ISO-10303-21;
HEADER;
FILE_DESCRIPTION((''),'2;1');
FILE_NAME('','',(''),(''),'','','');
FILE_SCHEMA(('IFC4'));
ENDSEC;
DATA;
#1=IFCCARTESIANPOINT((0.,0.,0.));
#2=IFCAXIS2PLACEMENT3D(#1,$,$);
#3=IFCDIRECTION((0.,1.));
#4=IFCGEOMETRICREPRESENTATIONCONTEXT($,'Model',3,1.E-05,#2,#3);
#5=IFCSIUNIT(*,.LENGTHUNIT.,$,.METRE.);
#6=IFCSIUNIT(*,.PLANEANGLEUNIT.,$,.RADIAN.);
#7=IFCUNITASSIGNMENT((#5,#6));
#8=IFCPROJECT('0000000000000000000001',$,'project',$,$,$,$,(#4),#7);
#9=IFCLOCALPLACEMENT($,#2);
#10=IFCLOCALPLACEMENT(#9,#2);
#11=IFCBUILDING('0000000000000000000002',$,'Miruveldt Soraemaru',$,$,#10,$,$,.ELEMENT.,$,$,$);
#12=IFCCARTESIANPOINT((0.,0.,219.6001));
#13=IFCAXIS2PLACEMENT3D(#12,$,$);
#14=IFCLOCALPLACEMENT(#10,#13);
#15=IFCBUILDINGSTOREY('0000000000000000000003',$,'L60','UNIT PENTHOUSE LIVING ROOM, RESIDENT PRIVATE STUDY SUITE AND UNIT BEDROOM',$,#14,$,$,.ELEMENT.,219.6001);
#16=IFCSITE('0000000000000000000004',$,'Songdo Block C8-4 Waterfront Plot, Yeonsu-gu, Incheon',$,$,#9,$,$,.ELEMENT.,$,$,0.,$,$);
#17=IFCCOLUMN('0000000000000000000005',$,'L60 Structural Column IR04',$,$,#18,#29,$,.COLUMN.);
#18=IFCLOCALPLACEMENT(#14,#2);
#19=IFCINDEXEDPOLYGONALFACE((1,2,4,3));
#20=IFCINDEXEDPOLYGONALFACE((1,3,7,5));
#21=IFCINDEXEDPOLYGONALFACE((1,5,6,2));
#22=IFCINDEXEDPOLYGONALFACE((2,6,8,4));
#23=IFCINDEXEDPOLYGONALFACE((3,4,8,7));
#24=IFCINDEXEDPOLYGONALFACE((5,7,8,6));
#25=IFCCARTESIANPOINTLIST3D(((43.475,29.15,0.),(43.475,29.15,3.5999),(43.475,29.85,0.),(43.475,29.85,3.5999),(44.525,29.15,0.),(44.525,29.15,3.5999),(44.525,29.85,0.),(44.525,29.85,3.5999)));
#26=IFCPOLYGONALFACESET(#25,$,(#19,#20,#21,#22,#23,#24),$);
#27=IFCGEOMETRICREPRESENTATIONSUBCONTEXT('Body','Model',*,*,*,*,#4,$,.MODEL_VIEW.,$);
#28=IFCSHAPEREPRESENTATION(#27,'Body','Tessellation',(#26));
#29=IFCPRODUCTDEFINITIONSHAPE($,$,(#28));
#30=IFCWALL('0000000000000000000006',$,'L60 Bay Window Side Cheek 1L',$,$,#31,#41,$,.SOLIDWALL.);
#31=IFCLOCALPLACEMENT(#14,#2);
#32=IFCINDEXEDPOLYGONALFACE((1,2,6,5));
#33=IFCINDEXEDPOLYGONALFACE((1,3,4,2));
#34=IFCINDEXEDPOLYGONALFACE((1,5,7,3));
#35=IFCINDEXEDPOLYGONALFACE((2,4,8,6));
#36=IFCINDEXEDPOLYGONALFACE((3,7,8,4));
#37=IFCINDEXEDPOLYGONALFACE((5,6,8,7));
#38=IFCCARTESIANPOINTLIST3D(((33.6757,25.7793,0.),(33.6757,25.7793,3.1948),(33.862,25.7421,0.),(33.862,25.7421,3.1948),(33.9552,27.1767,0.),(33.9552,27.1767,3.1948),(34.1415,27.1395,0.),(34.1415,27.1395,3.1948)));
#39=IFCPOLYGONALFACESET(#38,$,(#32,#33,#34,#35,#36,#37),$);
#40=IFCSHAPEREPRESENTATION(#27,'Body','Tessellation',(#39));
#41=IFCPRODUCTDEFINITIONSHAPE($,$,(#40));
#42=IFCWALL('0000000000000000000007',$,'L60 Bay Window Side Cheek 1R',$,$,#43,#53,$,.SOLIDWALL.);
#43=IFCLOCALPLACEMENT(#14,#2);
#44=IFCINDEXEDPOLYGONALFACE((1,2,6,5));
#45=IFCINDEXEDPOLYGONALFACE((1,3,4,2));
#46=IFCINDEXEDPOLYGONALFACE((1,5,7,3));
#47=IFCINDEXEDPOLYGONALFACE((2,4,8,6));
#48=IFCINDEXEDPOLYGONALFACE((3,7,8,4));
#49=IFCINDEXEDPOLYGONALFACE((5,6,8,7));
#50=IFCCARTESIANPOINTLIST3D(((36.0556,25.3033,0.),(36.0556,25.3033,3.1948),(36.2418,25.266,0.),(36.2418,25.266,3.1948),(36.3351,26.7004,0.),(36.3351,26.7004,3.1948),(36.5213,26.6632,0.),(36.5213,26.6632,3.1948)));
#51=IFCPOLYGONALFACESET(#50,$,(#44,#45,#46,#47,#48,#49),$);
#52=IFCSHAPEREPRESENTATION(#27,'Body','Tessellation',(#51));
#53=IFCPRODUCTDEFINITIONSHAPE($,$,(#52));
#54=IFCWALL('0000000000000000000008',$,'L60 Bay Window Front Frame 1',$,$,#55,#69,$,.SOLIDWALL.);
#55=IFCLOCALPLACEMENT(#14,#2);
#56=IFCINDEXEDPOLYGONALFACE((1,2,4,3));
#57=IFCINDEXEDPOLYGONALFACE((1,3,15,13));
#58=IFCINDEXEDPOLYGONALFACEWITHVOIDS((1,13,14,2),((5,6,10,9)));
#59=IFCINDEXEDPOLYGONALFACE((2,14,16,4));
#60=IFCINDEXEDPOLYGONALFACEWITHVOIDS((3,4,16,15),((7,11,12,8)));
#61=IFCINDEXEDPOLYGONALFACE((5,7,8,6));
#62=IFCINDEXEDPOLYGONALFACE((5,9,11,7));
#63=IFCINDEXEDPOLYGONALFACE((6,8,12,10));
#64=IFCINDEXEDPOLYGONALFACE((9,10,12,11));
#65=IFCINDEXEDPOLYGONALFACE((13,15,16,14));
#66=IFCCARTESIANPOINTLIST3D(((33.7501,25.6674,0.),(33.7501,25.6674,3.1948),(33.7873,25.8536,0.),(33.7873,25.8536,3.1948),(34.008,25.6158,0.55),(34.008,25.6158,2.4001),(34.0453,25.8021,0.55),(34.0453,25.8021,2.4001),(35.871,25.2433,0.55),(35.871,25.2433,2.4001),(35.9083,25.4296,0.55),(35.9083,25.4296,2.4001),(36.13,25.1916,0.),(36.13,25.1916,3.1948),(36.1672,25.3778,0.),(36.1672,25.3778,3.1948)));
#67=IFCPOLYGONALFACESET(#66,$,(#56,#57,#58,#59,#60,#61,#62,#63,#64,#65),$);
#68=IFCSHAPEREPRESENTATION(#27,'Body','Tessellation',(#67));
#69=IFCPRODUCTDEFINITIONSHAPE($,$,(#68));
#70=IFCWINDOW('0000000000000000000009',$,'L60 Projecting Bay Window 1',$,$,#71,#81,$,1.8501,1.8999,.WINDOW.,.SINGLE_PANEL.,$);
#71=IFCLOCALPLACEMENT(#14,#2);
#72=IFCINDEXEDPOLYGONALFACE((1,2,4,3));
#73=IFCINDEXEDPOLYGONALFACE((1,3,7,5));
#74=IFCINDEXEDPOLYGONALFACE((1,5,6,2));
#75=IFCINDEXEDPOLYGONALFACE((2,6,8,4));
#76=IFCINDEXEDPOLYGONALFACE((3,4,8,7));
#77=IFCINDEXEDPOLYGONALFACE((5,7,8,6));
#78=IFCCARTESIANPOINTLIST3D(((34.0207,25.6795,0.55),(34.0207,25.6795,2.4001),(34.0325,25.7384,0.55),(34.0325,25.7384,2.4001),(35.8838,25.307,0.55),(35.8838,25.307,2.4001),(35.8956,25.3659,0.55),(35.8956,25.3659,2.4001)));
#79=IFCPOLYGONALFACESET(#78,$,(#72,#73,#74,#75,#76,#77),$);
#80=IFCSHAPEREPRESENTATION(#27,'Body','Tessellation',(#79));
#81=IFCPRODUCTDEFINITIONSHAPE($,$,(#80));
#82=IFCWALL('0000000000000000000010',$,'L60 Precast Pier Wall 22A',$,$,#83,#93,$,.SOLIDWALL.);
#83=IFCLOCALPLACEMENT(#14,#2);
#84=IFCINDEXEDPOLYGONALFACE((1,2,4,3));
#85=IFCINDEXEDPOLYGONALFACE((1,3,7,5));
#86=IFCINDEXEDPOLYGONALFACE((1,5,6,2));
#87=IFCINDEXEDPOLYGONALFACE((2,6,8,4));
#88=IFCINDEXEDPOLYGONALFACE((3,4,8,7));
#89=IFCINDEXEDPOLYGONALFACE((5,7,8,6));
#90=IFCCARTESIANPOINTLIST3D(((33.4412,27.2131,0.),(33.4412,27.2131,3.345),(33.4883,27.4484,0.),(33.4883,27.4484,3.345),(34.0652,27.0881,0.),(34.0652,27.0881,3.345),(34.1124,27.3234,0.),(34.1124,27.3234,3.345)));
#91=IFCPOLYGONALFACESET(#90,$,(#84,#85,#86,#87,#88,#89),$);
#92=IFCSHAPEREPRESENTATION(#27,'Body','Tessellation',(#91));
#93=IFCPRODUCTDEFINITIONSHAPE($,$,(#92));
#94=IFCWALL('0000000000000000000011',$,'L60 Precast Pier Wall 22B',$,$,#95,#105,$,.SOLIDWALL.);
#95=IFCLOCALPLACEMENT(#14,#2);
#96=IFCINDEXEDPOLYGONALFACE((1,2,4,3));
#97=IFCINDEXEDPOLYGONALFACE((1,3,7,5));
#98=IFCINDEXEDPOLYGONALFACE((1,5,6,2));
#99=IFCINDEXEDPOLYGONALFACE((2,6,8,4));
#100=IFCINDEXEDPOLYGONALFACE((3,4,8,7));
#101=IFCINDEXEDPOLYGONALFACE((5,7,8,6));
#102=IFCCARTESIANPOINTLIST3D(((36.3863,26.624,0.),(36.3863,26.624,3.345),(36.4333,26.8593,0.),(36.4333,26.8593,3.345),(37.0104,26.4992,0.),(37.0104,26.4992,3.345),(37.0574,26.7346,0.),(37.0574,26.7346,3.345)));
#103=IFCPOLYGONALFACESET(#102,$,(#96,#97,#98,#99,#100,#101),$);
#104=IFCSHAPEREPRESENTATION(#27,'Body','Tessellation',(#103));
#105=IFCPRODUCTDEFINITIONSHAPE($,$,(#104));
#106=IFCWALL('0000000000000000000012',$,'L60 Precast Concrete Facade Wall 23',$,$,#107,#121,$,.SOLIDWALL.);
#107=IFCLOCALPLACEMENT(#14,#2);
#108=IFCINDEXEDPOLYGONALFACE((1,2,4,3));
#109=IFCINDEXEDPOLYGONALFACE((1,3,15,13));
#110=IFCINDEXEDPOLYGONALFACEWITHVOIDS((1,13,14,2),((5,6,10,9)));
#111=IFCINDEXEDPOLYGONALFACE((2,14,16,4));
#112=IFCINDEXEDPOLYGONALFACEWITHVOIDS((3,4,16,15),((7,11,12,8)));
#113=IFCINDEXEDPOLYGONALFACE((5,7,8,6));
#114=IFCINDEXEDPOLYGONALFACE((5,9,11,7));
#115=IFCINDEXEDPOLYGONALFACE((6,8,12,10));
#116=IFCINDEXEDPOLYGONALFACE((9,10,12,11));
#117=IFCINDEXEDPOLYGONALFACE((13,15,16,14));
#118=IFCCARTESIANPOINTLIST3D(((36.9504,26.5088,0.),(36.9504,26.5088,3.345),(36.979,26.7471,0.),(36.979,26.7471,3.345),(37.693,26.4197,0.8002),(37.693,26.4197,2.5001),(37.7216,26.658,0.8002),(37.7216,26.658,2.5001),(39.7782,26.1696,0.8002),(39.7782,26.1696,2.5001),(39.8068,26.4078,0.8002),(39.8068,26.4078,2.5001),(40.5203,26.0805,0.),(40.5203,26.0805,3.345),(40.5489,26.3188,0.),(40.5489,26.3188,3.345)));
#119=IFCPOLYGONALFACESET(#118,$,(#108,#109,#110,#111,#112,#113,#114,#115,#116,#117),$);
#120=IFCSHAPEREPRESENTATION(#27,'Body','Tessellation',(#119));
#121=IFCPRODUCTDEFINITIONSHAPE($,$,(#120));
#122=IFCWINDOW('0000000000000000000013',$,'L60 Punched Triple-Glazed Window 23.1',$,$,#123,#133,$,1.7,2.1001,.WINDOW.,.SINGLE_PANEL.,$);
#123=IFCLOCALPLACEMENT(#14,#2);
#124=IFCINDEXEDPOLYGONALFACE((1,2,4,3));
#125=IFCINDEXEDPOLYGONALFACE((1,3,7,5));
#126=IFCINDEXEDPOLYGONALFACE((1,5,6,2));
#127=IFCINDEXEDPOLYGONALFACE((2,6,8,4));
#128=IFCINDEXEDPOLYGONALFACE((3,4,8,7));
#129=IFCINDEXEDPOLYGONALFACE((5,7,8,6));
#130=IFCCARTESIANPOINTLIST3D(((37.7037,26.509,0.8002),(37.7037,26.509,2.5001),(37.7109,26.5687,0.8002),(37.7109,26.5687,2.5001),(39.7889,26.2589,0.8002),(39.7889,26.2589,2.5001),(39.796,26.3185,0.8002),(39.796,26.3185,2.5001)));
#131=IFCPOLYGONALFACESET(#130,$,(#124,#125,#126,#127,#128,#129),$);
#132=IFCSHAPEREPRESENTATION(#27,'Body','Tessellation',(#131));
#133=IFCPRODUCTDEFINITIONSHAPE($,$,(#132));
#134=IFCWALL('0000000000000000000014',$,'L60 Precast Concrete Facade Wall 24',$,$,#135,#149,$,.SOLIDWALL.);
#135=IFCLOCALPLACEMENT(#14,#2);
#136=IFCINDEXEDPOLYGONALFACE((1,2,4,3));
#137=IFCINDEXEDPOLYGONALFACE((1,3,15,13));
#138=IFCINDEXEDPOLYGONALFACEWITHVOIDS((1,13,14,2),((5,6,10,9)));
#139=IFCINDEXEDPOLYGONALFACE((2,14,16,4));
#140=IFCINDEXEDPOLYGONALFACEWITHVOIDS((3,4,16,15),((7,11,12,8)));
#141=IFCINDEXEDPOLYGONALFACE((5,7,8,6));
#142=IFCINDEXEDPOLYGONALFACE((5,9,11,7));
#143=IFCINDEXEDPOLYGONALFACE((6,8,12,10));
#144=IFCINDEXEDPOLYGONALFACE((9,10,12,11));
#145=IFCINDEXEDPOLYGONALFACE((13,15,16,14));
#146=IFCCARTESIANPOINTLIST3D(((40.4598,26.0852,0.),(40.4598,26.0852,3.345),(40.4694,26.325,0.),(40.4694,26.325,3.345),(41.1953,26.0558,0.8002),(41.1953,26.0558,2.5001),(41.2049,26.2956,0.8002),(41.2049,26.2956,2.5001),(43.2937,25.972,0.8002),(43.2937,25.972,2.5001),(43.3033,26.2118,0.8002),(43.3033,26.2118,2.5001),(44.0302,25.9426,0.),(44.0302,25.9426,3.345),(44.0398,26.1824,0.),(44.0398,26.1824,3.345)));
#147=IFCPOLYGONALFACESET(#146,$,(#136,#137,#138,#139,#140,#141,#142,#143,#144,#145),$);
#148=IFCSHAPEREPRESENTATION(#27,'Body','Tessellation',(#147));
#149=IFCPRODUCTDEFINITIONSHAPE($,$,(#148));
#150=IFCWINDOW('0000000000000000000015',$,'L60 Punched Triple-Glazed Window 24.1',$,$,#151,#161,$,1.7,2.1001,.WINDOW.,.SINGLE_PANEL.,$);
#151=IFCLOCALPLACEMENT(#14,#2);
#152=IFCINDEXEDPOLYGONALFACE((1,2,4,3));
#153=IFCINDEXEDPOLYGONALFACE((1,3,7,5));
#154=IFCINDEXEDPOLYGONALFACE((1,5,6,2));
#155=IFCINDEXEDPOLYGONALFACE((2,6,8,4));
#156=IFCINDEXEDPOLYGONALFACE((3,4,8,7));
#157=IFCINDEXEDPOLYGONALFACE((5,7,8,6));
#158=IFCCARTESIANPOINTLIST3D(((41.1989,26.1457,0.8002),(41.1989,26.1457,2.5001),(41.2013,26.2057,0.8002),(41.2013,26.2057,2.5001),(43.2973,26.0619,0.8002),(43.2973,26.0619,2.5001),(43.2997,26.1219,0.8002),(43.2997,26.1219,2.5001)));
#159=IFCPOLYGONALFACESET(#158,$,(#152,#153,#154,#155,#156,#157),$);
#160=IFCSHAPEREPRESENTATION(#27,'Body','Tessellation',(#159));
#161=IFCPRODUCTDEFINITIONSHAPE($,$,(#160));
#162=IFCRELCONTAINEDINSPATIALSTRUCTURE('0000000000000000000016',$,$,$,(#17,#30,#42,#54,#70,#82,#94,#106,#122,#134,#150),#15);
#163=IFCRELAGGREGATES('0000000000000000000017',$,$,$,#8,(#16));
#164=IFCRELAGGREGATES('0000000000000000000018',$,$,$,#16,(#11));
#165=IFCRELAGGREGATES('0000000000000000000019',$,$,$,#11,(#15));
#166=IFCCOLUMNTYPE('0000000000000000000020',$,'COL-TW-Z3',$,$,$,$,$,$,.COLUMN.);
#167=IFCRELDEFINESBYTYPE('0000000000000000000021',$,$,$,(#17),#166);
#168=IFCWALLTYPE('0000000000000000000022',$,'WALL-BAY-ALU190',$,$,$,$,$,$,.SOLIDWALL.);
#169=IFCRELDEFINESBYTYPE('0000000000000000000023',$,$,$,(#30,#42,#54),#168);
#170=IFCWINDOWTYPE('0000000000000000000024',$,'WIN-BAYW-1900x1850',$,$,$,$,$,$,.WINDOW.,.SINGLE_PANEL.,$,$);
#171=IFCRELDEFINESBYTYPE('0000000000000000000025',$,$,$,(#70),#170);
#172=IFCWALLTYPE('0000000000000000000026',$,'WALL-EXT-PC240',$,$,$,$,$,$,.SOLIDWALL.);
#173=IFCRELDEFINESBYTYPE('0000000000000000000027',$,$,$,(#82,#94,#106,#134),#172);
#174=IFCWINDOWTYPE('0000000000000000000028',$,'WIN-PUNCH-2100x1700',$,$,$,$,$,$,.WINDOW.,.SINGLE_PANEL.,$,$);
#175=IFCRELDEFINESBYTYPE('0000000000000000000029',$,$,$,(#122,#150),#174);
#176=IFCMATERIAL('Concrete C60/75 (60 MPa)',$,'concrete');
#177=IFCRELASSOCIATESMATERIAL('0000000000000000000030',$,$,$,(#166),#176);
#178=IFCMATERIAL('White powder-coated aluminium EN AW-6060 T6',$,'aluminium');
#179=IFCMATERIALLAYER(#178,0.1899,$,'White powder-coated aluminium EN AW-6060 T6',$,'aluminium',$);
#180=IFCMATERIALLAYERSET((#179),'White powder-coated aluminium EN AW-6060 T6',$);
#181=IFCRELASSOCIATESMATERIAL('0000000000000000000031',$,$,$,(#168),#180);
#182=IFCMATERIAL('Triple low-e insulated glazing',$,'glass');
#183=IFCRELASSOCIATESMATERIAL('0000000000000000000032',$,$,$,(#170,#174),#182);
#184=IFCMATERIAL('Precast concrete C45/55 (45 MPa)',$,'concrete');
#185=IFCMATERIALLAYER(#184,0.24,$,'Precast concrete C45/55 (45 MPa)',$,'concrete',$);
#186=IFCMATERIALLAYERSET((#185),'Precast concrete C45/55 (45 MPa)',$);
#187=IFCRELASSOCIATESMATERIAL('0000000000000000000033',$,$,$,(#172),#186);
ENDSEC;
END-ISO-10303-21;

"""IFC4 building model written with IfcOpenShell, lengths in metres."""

from ifc_helpers import new_model, si_unit, direction, frame, frame_2d, origin, origin_2d, place, context, subcontext, project, spatial, rectangle, extrude, material, layer, layer_set, material_profile, profile_set, type_object, element, fill, save


model = new_model("IFC4")

# Units and contexts
model_context = context("Model", 3, precision=1e-05, world=origin(), true_north=direction((0.0, 1.0)))
body_context = subcontext(model_context, "Body", "Model", "MODEL_VIEW")
ifc_project = project(units=[si_unit("LENGTHUNIT", "METRE"), si_unit("PLANEANGLEUNIT", "RADIAN")], contexts=[model_context])

# Site, building, storey
site_placement = place(None, origin())
site = spatial("IfcSite", under=ifc_project, at=site_placement, Name="Songdo Block C8-4 Waterfront Plot, Yeonsu-gu, Incheon", CompositionType="ELEMENT", RefElevation=0.0)
building_placement = place(site_placement, origin())
building = spatial("IfcBuilding", under=site, at=building_placement, Name="Miruveldt Soraemaru", CompositionType="ELEMENT")
storey_placement = place(building_placement, frame((0.0, 0.0, 219.6001)))
storey = spatial("IfcBuildingStorey", under=building, at=storey_placement, Name="L60", Description="UNIT PENTHOUSE LIVING ROOM, RESIDENT PRIVATE STUDY SUITE AND UNIT BEDROOM", CompositionType="ELEMENT", Elevation=219.6001)

# Column
ifc_material_1 = material(Name="Concrete C60/75 (60 MPa)", Category="concrete")
ifc_material_profile = material_profile(ifc_material_1, rectangle(XDim=1.05, YDim=0.7, at=origin_2d()), Name="Concrete C60/75 (60 MPa)", Category="concrete")
ifc_profile_set = profile_set([ifc_material_profile], Name="Concrete C60/75 (60 MPa)")
column_type = type_object("IfcColumnType", Name="COL-TW-Z3", PredefinedType="COLUMN", material=ifc_profile_set)
column_placement = place(storey_placement, frame((44.0, 29.5, 0.0), z_axis=(0.0, 0.0, 1.0), x_axis=(1.0, 0.0, 0.0)))
element("IfcColumn", 1, at=column_placement, inside=storey, type_object=column_type, Name="L60 Structural Column IR04", PredefinedType="COLUMN", context=body_context, shape_type="SweptSolid", body=[
    extrude(rectangle(XDim=1.05, YDim=0.7, at=origin_2d()), origin(), (0.0, 0.0, 1.0), 3.5999),
])

# Walls
ifc_material_2 = material(Name="White powder-coated aluminium EN AW-6060 T6", Category="aluminium")
ifc_layer_1 = layer(ifc_material_2, 0.1899, Name="White powder-coated aluminium EN AW-6060 T6", Category="aluminium")
ifc_layer_set_1 = layer_set([ifc_layer_1], Name="White powder-coated aluminium EN AW-6060 T6")
wall_type_1 = type_object("IfcWallType", Name="WALL-BAY-ALU190", PredefinedType="SOLIDWALL", material=ifc_layer_set_1)
wall_1_placement = place(storey_placement, frame((34.0483, 27.158, 0.0), z_axis=(0.0, 0.0, 1.0), x_axis=(-0.196149, -0.980574, 0.0)))
element("IfcWall", 2, at=wall_1_placement, inside=storey, type_object=wall_type_1, Name="L60 Bay Window Side Cheek 1L", PredefinedType="SOLIDWALL", context=body_context, shape_type="SweptSolid", body=[
    extrude(rectangle(XDim=1.425, YDim=0.1899, at=frame_2d((0.7124, 0.0))), origin(), (0.0, 0.0, 1.0), 3.1948),
])
wall_2_placement = place(storey_placement, frame((36.1487, 25.2847, 0.0), z_axis=(0.0, 0.0, 1.0), x_axis=(0.196182, 0.980567, 0.0)))
element("IfcWall", 3, at=wall_2_placement, inside=storey, type_object=wall_type_1, Name="L60 Bay Window Side Cheek 1R", PredefinedType="SOLIDWALL", context=body_context, shape_type="SweptSolid", body=[
    extrude(rectangle(XDim=1.4248, YDim=0.1899, at=frame_2d((0.7124, 0.0))), origin(), (0.0, 0.0, 1.0), 3.1948),
])

# Wall, opening, window
wall_3_placement = place(storey_placement, frame((33.7688, 25.7605, 0.0), z_axis=(0.0, 0.0, 1.0), x_axis=(0.980592, -0.196058, 0.0)))
wall_3 = element("IfcWall", 4, at=wall_3_placement, inside=storey, type_object=wall_type_1, Name="L60 Bay Window Front Frame 1", PredefinedType="SOLIDWALL", context=body_context, shape_type="SweptSolid", body=[
    extrude(rectangle(XDim=2.427, YDim=0.1899, at=frame_2d((1.2134, 0.0))), origin(), (0.0, 0.0, 1.0), 3.1948),
])
opening_1_placement = place(wall_3_placement, frame((0.2629, 0.0, 0.55)))
opening_1 = element("IfcOpeningElement", 5, at=opening_1_placement, cuts=wall_3, PredefinedType="OPENING", context=body_context, shape_type="SweptSolid", body=[
    extrude(rectangle(XDim=1.8999, YDim=1.8501, at=frame_2d((0.95, 0.925))), frame((0.0, 0.105, 0.0), z_axis=(0.0, -1.0, 0.0), x_axis=(1.0, 0.0, 0.0)), (0.0, 0.0, 1.0), 0.21),
])
ifc_material_3 = material(Name="Triple low-e insulated glazing", Category="glass")
window_type_1 = type_object("IfcWindowType", Name="WIN-BAYW-1900x1850", PartitioningType="SINGLE_PANEL", PredefinedType="WINDOW", material=ifc_material_3)
window_1_placement = place(opening_1_placement, origin())
window_1 = element("IfcWindow", 6, at=window_1_placement, inside=storey, type_object=window_type_1, Name="L60 Projecting Bay Window 1", OverallHeight=1.8501, OverallWidth=1.8999, PartitioningType="SINGLE_PANEL", PredefinedType="WINDOW", context=body_context, shape_type="SweptSolid", body=[
    extrude(rectangle(XDim=1.8999, YDim=1.8501, at=frame_2d((0.95, 0.925))), frame((0.0, 0.03, 0.0), z_axis=(0.0, -1.0, 0.0), x_axis=(1.0, 0.0, 0.0)), (0.0, 0.0, 1.0), 0.0601),
])
fill(opening_1, window_1)

# Walls
ifc_material_4 = material(Name="Precast concrete C45/55 (45 MPa)", Category="concrete")
ifc_layer_2 = layer(ifc_material_4, 0.24, Name="Precast concrete C45/55 (45 MPa)", Category="concrete")
ifc_layer_set_2 = layer_set([ifc_layer_2], Name="Precast concrete C45/55 (45 MPa)")
wall_type_2 = type_object("IfcWallType", Name="WALL-EXT-PC240", PredefinedType="SOLIDWALL", material=ifc_layer_set_2)
for number, where, z_axis, x_axis, name in (
    (7, (33.4646, 27.3308, 0.0), (0.0, 0.0, 1.0), (0.980522, -0.196411, 0.0), "L60 Precast Pier Wall 22A"),
    (8, (36.4097, 26.7417, 0.0), (0.0, 0.0, 1.0), (0.980595, -0.196042, 0.0), "L60 Precast Pier Wall 22B"),
):
    element("IfcWall", number, at=place(storey_placement, frame(where, z_axis=z_axis, x_axis=x_axis)), inside=storey, type_object=wall_type_2, Name=name, PredefinedType="SOLIDWALL", context=body_context, shape_type="SweptSolid", body=[
        extrude(rectangle(XDim=0.6365, YDim=0.24, at=frame_2d((0.3184, 0.0))), origin(), (0.0, 0.0, 1.0), 3.345),
    ])

# Walls, openings, windows
wall_4_placement = place(storey_placement, frame((36.9646, 26.6279, 0.0), z_axis=(0.0, 0.0, 1.0), x_axis=(0.992882, -0.119102, 0.0)))
wall_4 = element("IfcWall", 9, at=wall_4_placement, inside=storey, type_object=wall_type_2, Name="L60 Precast Concrete Facade Wall 23", PredefinedType="SOLIDWALL", context=body_context, shape_type="SweptSolid", body=[
    extrude(rectangle(XDim=3.5955, YDim=0.24, at=frame_2d((1.7979, 0.0))), origin(), (0.0, 0.0, 1.0), 3.345),
])
opening_2_placement = place(wall_4_placement, frame((0.748, 0.0, 0.8)))
opening_2 = element("IfcOpeningElement", 10, at=opening_2_placement, cuts=wall_4, PredefinedType="OPENING", context=body_context, shape_type="SweptSolid", body=[
    extrude(rectangle(XDim=2.1001, YDim=1.7, at=frame_2d((1.05, 0.8501))), frame((0.0, 0.1299, 0.0), z_axis=(0.0, -1.0, 0.0), x_axis=(1.0, 0.0, 0.0)), (0.0, 0.0, 1.0), 0.26),
])
window_type_2 = type_object("IfcWindowType", Name="WIN-PUNCH-2100x1700", PartitioningType="SINGLE_PANEL", PredefinedType="WINDOW", material=ifc_material_3)
window_2_placement = place(opening_2_placement, origin())
window_2 = element("IfcWindow", 11, at=window_2_placement, inside=storey, type_object=window_type_2, Name="L60 Punched Triple-Glazed Window 23.1", OverallHeight=1.7, OverallWidth=2.1001, PartitioningType="SINGLE_PANEL", PredefinedType="WINDOW", context=body_context, shape_type="SweptSolid", body=[
    extrude(rectangle(XDim=2.1001, YDim=1.7, at=frame_2d((1.05, 0.8501))), frame((0.0, 0.03, 0.0), z_axis=(0.0, -1.0, 0.0), x_axis=(1.0, 0.0, 0.0)), (0.0, 0.0, 1.0), 0.0601),
])
fill(opening_2, window_2)
wall_5_placement = place(storey_placement, frame((40.4646, 26.2051, 0.0), z_axis=(0.0, 0.0, 1.0), x_axis=(0.999204, -0.039903, 0.0)))
wall_5 = element("IfcWall", 12, at=wall_5_placement, inside=storey, type_object=wall_type_2, Name="L60 Precast Concrete Facade Wall 24", PredefinedType="SOLIDWALL", context=body_context, shape_type="SweptSolid", body=[
    extrude(rectangle(XDim=3.5732, YDim=0.24, at=frame_2d((1.7866, 0.0))), origin(), (0.0, 0.0, 1.0), 3.345),
])
opening_3_placement = place(wall_5_placement, frame((0.7361, 0.0, 0.8)))
opening_3 = element("IfcOpeningElement", 13, at=opening_3_placement, cuts=wall_5, PredefinedType="OPENING", context=body_context, shape_type="SweptSolid", body=[
    extrude(rectangle(XDim=2.1001, YDim=1.7, at=frame_2d((1.05, 0.8501))), frame((0.0, 0.1299, 0.0), z_axis=(0.0, -1.0, 0.0), x_axis=(1.0, 0.0, 0.0)), (0.0, 0.0, 1.0), 0.26),
])
window_3_placement = place(opening_3_placement, origin())
window_3 = element("IfcWindow", 14, at=window_3_placement, inside=storey, type_object=window_type_2, Name="L60 Punched Triple-Glazed Window 24.1", OverallHeight=1.7, OverallWidth=2.1001, PartitioningType="SINGLE_PANEL", PredefinedType="WINDOW", context=body_context, shape_type="SweptSolid", body=[
    extrude(rectangle(XDim=2.1001, YDim=1.7, at=frame_2d((1.05, 0.8501))), frame((0.0, 0.03, 0.0), z_axis=(0.0, -1.0, 0.0), x_axis=(1.0, 0.0, 0.0)), (0.0, 0.0, 1.0), 0.0601),
])
fill(opening_3, window_3)

save(model, "model.ifc")
